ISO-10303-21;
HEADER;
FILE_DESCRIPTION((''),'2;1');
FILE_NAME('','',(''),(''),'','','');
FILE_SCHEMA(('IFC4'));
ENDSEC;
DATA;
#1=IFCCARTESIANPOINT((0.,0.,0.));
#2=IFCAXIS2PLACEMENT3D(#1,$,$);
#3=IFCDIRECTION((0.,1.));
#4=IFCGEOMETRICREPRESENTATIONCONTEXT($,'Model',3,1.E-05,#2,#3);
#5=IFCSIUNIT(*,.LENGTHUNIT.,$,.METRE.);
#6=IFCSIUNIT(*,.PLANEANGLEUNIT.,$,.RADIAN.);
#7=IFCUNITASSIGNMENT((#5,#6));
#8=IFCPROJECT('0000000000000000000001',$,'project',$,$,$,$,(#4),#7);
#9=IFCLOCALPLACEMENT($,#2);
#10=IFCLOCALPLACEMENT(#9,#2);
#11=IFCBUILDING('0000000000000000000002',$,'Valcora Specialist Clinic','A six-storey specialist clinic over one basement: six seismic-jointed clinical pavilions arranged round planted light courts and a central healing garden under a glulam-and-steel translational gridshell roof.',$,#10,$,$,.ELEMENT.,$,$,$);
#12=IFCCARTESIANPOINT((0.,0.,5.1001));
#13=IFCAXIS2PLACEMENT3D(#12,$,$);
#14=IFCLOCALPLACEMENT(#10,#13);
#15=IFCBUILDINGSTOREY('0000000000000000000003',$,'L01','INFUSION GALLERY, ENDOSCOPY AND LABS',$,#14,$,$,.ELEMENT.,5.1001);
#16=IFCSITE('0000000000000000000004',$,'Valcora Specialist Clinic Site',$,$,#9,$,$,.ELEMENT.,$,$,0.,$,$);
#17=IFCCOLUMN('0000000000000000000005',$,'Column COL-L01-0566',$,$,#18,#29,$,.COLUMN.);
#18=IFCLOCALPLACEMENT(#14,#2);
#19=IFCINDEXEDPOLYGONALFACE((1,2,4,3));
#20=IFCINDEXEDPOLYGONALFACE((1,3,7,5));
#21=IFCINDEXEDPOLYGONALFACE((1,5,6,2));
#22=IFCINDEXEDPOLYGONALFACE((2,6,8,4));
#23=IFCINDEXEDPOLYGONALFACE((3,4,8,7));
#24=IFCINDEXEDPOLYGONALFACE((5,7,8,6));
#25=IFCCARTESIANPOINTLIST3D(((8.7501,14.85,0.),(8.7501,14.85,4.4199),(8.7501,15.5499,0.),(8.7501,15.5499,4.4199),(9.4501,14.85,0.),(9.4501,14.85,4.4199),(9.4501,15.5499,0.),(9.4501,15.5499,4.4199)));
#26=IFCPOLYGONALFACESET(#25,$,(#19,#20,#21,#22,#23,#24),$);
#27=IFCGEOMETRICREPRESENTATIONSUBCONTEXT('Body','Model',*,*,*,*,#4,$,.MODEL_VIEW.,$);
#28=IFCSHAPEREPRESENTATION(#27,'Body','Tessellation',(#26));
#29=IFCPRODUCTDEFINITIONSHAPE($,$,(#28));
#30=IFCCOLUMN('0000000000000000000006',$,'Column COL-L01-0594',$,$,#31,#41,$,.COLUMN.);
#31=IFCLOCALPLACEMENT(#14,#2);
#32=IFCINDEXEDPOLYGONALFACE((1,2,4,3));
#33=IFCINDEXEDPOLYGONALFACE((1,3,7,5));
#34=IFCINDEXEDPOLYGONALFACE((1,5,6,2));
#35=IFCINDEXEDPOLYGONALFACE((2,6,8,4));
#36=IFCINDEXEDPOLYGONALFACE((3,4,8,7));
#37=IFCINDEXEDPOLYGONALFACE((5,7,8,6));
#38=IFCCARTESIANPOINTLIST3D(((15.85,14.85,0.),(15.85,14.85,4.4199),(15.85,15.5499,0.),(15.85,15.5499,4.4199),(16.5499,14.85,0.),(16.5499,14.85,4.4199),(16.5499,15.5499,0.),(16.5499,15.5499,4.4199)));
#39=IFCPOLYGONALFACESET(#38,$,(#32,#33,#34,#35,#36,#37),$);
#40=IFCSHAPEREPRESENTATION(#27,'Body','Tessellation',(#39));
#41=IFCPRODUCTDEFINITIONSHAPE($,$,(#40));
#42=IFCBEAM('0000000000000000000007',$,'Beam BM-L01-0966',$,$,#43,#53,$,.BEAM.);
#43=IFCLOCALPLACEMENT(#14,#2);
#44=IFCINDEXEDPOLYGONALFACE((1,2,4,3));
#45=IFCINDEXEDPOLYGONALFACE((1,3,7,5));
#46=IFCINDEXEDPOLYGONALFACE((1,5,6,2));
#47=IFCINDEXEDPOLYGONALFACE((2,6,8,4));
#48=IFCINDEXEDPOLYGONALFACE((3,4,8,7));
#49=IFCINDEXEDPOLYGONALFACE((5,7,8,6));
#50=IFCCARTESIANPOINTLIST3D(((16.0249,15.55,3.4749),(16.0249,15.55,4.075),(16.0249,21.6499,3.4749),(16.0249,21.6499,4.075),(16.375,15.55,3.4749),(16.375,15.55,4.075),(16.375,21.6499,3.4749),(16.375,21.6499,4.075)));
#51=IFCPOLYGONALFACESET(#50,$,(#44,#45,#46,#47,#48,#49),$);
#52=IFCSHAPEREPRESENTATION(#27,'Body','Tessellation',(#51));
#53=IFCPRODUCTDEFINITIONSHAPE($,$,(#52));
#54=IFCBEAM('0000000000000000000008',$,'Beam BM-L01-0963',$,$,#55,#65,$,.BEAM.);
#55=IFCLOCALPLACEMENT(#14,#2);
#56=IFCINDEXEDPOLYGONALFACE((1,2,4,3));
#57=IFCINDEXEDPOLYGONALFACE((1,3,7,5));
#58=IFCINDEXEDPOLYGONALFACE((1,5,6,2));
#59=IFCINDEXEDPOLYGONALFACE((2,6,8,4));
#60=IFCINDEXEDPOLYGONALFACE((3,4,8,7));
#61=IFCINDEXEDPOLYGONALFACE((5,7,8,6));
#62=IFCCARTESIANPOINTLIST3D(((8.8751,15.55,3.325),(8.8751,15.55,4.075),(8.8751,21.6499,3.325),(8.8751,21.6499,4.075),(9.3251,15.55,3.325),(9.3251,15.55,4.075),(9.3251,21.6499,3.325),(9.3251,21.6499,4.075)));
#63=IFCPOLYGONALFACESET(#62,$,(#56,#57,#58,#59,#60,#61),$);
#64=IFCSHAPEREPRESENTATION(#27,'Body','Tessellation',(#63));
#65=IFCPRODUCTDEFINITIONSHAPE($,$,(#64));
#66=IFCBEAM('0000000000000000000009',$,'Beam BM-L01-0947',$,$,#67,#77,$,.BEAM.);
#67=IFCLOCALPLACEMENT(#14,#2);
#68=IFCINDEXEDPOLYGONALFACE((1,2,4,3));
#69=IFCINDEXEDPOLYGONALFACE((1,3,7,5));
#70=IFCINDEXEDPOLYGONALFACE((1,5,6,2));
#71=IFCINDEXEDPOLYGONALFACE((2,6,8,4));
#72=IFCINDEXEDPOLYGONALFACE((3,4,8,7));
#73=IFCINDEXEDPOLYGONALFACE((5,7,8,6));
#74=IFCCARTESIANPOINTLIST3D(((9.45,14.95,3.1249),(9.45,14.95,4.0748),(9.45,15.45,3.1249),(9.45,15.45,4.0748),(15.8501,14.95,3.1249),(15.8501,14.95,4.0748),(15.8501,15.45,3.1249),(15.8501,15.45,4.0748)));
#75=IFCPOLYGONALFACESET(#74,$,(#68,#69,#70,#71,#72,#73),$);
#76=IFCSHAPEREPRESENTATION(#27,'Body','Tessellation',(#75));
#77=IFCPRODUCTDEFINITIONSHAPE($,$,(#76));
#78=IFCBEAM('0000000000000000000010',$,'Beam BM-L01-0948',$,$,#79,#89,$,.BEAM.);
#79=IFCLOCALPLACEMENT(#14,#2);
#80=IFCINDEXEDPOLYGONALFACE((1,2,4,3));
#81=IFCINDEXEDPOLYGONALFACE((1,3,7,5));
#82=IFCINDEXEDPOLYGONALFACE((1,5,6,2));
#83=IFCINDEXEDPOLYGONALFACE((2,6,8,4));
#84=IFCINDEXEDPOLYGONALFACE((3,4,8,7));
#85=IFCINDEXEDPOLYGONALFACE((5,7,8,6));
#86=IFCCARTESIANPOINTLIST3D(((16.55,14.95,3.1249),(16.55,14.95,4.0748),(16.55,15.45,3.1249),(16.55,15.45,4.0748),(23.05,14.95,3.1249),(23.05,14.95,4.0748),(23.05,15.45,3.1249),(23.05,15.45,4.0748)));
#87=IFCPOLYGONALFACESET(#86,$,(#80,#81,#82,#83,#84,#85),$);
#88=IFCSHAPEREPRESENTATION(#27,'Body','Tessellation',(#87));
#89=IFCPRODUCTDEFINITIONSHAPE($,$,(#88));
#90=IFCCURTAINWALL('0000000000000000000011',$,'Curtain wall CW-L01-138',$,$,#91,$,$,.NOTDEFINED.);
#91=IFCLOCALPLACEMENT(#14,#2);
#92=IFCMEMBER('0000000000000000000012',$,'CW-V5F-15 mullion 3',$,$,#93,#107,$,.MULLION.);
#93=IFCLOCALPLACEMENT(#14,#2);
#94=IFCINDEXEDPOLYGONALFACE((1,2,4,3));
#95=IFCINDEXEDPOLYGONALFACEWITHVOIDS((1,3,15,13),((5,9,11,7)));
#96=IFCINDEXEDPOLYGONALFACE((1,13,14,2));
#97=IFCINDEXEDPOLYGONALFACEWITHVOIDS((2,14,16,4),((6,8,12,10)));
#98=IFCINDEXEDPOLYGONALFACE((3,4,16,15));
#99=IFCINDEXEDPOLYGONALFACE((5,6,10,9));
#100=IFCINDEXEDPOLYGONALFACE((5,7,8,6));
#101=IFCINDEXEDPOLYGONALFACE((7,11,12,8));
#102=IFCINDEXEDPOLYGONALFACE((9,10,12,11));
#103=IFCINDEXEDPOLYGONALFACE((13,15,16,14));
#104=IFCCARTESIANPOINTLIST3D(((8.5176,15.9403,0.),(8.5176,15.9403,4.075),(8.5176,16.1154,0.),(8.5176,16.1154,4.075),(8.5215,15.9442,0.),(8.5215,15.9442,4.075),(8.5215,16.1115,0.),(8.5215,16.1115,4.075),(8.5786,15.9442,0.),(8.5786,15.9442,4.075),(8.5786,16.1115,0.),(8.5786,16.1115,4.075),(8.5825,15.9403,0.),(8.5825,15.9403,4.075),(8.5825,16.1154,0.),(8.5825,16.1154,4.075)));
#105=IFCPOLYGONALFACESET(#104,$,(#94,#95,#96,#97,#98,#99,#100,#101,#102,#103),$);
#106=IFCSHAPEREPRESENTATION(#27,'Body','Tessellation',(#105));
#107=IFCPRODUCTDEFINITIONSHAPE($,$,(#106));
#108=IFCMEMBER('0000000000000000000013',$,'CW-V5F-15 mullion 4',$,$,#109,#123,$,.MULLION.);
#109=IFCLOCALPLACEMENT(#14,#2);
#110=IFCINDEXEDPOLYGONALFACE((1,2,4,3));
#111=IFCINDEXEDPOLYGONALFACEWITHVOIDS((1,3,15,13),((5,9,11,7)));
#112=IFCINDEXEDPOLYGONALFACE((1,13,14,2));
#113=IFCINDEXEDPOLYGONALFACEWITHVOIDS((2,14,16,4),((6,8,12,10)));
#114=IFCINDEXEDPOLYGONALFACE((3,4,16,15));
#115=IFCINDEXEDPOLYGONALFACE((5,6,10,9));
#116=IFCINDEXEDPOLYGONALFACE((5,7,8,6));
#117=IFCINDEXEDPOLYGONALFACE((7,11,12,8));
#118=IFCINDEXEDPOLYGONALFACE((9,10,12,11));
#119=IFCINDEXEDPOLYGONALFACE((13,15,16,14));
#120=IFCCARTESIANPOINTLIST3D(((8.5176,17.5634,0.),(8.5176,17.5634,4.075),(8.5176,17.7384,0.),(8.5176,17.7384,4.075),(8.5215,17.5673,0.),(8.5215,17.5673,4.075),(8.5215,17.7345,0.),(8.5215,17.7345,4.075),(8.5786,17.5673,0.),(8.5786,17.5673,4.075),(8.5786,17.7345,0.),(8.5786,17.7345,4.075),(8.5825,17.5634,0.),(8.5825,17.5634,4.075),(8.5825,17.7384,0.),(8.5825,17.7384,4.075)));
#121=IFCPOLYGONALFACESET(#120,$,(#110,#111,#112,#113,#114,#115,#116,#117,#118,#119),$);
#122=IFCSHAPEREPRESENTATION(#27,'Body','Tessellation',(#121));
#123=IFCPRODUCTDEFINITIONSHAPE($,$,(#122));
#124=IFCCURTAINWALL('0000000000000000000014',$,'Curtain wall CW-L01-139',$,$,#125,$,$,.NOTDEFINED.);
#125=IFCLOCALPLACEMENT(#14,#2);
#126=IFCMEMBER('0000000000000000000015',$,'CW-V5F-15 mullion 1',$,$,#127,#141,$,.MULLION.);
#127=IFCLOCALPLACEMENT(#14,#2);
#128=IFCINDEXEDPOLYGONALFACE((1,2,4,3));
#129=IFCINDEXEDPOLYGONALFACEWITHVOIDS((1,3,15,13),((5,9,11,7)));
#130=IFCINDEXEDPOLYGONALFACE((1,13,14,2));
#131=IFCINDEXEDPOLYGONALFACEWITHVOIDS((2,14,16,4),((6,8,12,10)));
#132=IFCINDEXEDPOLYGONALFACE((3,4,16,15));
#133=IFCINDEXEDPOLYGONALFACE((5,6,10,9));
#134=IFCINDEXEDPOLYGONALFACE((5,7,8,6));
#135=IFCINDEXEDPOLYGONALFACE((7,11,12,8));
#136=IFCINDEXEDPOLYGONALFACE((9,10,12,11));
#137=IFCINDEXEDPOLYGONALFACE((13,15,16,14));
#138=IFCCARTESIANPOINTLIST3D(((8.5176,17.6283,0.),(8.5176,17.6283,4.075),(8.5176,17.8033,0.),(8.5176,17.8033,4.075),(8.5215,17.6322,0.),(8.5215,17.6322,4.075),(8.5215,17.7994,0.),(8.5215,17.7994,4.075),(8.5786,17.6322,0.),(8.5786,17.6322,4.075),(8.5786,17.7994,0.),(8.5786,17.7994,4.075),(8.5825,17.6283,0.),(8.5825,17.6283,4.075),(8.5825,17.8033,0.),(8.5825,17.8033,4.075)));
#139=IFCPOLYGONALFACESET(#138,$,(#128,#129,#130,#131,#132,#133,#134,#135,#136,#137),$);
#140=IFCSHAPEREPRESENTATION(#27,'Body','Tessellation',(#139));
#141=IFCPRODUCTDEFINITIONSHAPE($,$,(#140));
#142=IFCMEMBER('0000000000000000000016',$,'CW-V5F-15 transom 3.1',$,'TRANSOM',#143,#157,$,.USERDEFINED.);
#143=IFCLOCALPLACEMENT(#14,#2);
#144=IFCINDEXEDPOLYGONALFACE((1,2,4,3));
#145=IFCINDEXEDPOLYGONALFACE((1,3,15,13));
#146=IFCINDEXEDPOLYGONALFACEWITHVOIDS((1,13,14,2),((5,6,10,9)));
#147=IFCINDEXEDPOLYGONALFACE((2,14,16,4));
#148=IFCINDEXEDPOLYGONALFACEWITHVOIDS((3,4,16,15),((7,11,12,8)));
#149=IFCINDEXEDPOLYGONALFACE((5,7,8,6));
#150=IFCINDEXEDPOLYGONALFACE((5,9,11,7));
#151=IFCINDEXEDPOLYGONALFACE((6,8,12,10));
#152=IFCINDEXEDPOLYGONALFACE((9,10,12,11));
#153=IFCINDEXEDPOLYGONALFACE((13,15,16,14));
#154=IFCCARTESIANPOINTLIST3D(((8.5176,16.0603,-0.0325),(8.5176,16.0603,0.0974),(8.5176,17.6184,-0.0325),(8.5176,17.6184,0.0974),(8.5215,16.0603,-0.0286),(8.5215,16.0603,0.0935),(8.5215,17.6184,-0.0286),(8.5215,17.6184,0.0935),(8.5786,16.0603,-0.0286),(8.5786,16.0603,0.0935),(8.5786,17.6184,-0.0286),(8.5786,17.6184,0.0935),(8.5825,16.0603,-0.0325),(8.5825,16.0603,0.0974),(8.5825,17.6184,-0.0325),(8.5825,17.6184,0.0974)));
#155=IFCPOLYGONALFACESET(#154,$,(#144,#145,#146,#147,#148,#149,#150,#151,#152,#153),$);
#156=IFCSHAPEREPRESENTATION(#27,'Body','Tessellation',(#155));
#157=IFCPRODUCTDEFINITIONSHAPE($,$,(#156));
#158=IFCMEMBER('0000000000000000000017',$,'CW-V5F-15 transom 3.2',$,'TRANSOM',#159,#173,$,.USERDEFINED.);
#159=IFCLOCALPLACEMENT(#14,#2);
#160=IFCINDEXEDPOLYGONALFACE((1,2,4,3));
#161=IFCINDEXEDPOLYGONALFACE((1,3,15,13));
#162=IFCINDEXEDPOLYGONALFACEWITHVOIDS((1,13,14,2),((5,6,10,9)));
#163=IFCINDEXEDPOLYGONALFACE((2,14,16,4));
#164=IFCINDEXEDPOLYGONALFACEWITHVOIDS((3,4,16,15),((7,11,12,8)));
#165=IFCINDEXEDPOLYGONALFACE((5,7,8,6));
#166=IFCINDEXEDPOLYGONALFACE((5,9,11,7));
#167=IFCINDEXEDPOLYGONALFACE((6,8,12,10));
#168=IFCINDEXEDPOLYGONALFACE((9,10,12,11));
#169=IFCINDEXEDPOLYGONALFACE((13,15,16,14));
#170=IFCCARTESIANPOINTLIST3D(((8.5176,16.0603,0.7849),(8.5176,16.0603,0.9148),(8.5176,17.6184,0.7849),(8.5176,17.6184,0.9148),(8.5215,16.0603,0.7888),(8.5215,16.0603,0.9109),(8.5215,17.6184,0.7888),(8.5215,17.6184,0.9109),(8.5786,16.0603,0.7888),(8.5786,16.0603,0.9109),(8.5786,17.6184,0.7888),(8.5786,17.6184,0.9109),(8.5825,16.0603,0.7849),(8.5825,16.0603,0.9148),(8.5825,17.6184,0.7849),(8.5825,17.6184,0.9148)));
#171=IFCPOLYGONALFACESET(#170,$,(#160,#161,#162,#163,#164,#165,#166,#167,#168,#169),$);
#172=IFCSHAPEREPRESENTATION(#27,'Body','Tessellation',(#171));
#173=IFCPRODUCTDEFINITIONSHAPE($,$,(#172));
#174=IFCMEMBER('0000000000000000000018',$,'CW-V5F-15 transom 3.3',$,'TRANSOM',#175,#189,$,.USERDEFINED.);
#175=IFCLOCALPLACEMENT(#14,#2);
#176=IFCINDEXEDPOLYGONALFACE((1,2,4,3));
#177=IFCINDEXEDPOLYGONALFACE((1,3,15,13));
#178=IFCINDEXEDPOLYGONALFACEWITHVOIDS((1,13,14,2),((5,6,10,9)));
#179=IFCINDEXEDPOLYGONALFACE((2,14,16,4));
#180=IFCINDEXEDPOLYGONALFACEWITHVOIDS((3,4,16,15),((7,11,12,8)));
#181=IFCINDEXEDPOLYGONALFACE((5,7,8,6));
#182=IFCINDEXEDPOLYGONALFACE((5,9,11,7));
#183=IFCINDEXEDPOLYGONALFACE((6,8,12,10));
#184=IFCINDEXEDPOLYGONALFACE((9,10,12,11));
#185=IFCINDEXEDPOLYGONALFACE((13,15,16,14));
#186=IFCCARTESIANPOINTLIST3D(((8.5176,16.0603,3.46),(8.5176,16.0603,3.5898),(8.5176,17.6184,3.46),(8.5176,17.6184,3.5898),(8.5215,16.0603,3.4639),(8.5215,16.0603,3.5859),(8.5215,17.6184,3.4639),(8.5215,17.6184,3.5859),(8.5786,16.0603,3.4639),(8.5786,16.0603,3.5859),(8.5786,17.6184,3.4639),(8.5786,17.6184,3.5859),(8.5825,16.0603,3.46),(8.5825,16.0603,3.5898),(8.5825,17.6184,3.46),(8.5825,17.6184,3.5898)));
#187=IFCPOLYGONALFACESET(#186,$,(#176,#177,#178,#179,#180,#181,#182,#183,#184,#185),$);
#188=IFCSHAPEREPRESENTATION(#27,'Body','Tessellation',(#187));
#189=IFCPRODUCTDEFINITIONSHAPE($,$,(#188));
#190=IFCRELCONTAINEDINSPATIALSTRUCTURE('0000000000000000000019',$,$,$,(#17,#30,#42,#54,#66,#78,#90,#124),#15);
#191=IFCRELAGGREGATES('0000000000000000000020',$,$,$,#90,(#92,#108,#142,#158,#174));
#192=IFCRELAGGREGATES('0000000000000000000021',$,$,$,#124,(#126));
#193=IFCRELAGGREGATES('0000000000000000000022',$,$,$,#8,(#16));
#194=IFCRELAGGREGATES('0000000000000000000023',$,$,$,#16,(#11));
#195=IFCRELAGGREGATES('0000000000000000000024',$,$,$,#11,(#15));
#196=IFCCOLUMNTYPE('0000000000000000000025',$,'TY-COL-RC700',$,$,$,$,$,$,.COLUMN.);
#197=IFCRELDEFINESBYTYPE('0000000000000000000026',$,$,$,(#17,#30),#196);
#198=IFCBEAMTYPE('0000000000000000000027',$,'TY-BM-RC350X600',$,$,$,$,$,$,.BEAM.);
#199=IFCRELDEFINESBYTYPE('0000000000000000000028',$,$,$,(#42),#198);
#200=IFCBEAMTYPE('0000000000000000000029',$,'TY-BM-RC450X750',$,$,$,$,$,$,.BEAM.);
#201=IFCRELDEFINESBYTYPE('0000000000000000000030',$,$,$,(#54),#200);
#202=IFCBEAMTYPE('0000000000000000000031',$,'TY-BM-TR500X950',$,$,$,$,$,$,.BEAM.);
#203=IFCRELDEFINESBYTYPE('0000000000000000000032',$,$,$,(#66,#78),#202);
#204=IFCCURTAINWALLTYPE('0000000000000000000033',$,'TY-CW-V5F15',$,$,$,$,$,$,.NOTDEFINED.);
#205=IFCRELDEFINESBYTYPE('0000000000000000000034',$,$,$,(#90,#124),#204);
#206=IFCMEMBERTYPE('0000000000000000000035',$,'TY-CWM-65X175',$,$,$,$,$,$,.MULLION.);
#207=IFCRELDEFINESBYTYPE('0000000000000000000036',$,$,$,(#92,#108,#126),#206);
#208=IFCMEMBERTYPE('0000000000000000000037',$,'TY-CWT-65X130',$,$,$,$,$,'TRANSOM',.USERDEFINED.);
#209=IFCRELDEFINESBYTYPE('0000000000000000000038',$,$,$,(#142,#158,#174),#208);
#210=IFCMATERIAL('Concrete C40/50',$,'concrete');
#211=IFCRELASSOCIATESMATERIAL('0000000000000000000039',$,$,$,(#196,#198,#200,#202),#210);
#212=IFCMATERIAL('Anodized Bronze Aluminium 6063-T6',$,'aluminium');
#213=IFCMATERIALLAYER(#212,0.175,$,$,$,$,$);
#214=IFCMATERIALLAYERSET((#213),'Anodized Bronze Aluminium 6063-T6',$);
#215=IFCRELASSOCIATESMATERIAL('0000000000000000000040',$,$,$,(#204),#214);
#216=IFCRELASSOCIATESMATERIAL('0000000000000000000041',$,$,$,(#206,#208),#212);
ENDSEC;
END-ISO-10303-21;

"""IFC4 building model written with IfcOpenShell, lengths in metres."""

from ifc_helpers import new_model, si_unit, direction, frame, origin, origin_2d, place, context, subcontext, project, spatial, rectangle, hollow_rectangle, extrude, material, layer, layer_set, material_profile, profile_set, type_object, element, aggregate, save


model = new_model("IFC4")

# Units and contexts
model_context = context("Model", 3, precision=1e-05, world=origin(), true_north=direction((0.0, 1.0)))
body_context = subcontext(model_context, "Body", "Model", "MODEL_VIEW")
ifc_project = project(units=[si_unit("LENGTHUNIT", "METRE"), si_unit("PLANEANGLEUNIT", "RADIAN")], contexts=[model_context])

# Site, building, storey
site_placement = place(None, origin())
site = spatial("IfcSite", under=ifc_project, at=site_placement, Name="Valcora Specialist Clinic Site", CompositionType="ELEMENT", RefElevation=0.0)
building_placement = place(site_placement, origin())
building = spatial("IfcBuilding", under=site, at=building_placement, Name="Valcora Specialist Clinic", Description="A six-storey specialist clinic over one basement: six seismic-jointed clinical pavilions arranged round planted light courts and a central healing garden under a glulam-and-steel translational gridshell roof.", CompositionType="ELEMENT")
storey_placement = place(building_placement, frame((0.0, 0.0, 5.1001)))
storey = spatial("IfcBuildingStorey", under=building, at=storey_placement, Name="L01", Description="INFUSION GALLERY, ENDOSCOPY AND LABS", CompositionType="ELEMENT", Elevation=5.1001)

# Columns
ifc_material_1 = material(Name="Concrete C40/50", Category="concrete")
ifc_material_profile_1 = material_profile(ifc_material_1, rectangle(XDim=0.7, YDim=0.7, at=origin_2d()), Name="RC-COL-700X700")
ifc_profile_set_1 = profile_set([ifc_material_profile_1], Name="Concrete C40/50")
column_type = type_object("IfcColumnType", Name="TY-COL-RC700", PredefinedType="COLUMN", material=ifc_profile_set_1)
for number, where, z_axis, x_axis, name in (
    (1, (9.1001, 15.2, 0.0), (0.0, 0.0, 1.0), (1.0, 0.0, 0.0), "Column COL-L01-0566"),
    (2, (16.2, 15.2, 0.0), (0.0, 0.0, 1.0), (1.0, 0.0, 0.0), "Column COL-L01-0594"),
):
    element("IfcColumn", number, at=place(storey_placement, frame(where, z_axis=z_axis, x_axis=x_axis)), inside=storey, type_object=column_type, Name=name, PredefinedType="COLUMN", context=body_context, shape_type="SweptSolid", body=[
        extrude(rectangle(XDim=0.7, YDim=0.7, at=origin_2d()), origin(), (0.0, 0.0, 1.0), 4.4199),
    ])

# Beams
ifc_material_profile_2 = material_profile(ifc_material_1, rectangle(XDim=0.3501, YDim=0.6001, at=origin_2d()), Name="RC-BM-350X600")
ifc_profile_set_2 = profile_set([ifc_material_profile_2], Name="Concrete C40/50")
beam_type_1 = type_object("IfcBeamType", Name="TY-BM-RC350X600", PredefinedType="BEAM", material=ifc_profile_set_2)
beam_1_placement = place(storey_placement, frame((16.2, 15.55, 3.7749), z_axis=(0.0, 1.0, 0.0), x_axis=(-1.0, 0.0, 0.0)))
element("IfcBeam", 3, at=beam_1_placement, inside=storey, type_object=beam_type_1, Name="Beam BM-L01-0966", PredefinedType="BEAM", context=body_context, shape_type="SweptSolid", body=[
    extrude(rectangle(XDim=0.3501, YDim=0.6001, at=origin_2d()), origin(), (0.0, 0.0, 1.0), 6.0999),
])
ifc_material_profile_3 = material_profile(ifc_material_1, rectangle(XDim=0.45, YDim=0.75, at=origin_2d()), Name="RC-BM-450X750")
ifc_profile_set_3 = profile_set([ifc_material_profile_3], Name="Concrete C40/50")
beam_type_2 = type_object("IfcBeamType", Name="TY-BM-RC450X750", PredefinedType="BEAM", material=ifc_profile_set_3)
beam_2_placement = place(storey_placement, frame((9.1001, 15.55, 3.7), z_axis=(0.0, 1.0, 0.0), x_axis=(-1.0, 0.0, 0.0)))
element("IfcBeam", 4, at=beam_2_placement, inside=storey, type_object=beam_type_2, Name="Beam BM-L01-0963", PredefinedType="BEAM", context=body_context, shape_type="SweptSolid", body=[
    extrude(rectangle(XDim=0.45, YDim=0.75, at=origin_2d()), origin(), (0.0, 0.0, 1.0), 6.0999),
])
ifc_material_profile_4 = material_profile(ifc_material_1, rectangle(XDim=0.5, YDim=0.95, at=origin_2d()), Name="RC-BM-500X950")
ifc_profile_set_4 = profile_set([ifc_material_profile_4], Name="Concrete C40/50")
beam_type_3 = type_object("IfcBeamType", Name="TY-BM-TR500X950", PredefinedType="BEAM", material=ifc_profile_set_4)
beam_3_placement = place(storey_placement, frame((9.45, 15.2, 3.5999), z_axis=(1.0, 0.0, 0.0), x_axis=(0.0, 1.0, 0.0)))
element("IfcBeam", 5, at=beam_3_placement, inside=storey, type_object=beam_type_3, Name="Beam BM-L01-0947", PredefinedType="BEAM", context=body_context, shape_type="SweptSolid", body=[
    extrude(rectangle(XDim=0.5, YDim=0.95, at=origin_2d()), origin(), (0.0, 0.0, 1.0), 6.4001),
])
beam_4_placement = place(storey_placement, frame((16.55, 15.2, 3.5999), z_axis=(1.0, 0.0, 0.0), x_axis=(0.0, 1.0, 0.0)))
element("IfcBeam", 6, at=beam_4_placement, inside=storey, type_object=beam_type_3, Name="Beam BM-L01-0948", PredefinedType="BEAM", context=body_context, shape_type="SweptSolid", body=[
    extrude(rectangle(XDim=0.5, YDim=0.95, at=origin_2d()), origin(), (0.0, 0.0, 1.0), 6.5),
])

# Curtain wall, members
ifc_material_2 = material(Name="Anodized Bronze Aluminium 6063-T6", Category="aluminium")
ifc_layer_1 = layer(ifc_material_2, 0.175)
ifc_layer_set_1 = layer_set([ifc_layer_1], Name="Anodized Bronze Aluminium 6063-T6")
curtain_wall_type = type_object("IfcCurtainWallType", Name="TY-CW-V5F15", PredefinedType="NOTDEFINED", material=ifc_layer_set_1)
curtain_wall_1_placement = place(storey_placement, origin())
curtain_wall_1 = element("IfcCurtainWall", 7, at=curtain_wall_1_placement, inside=storey, type_object=curtain_wall_type, Name="Curtain wall CW-L01-138", PredefinedType="NOTDEFINED")
ifc_material_profile_5 = material_profile(ifc_material_2, hollow_rectangle(XDim=0.0649, YDim=0.175, WallThickness=0.0039, at=origin_2d()), Name="AL-MUL-65X175")
ifc_profile_set_5 = profile_set([ifc_material_profile_5], Name="Anodized Bronze Aluminium 6063-T6")
member_type_1 = type_object("IfcMemberType", Name="TY-CWM-65X175", PredefinedType="MULLION", material=ifc_profile_set_5)
member_1_placement = place(storey_placement, frame((8.55, 16.0278, 0.0), z_axis=(0.0, 0.0, 1.0), x_axis=(-1.0, 0.0, 0.0)))
member_1 = element("IfcMember", 8, at=member_1_placement, type_object=member_type_1, Name="CW-V5F-15 mullion 3", PredefinedType="MULLION", context=body_context, shape_type="SweptSolid", body=[
    extrude(hollow_rectangle(XDim=0.0649, YDim=0.175, WallThickness=0.0039, at=origin_2d()), origin(), (0.0, 0.0, 1.0), 4.075),
])
member_2_placement = place(storey_placement, frame((8.55, 17.6509, 0.0), z_axis=(0.0, 0.0, 1.0), x_axis=(-1.0, 0.0, 0.0)))
member_2 = element("IfcMember", 9, at=member_2_placement, type_object=member_type_1, Name="CW-V5F-15 mullion 4", PredefinedType="MULLION", context=body_context, shape_type="SweptSolid", body=[
    extrude(hollow_rectangle(XDim=0.0649, YDim=0.175, WallThickness=0.0039, at=origin_2d()), origin(), (0.0, 0.0, 1.0), 4.075),
])

# Curtain wall, member
curtain_wall_2_placement = place(storey_placement, origin())
curtain_wall_2 = element("IfcCurtainWall", 10, at=curtain_wall_2_placement, inside=storey, type_object=curtain_wall_type, Name="Curtain wall CW-L01-139", PredefinedType="NOTDEFINED")
member_3_placement = place(storey_placement, frame((8.55, 17.7158, 0.0), z_axis=(0.0, 0.0, 1.0), x_axis=(-1.0, 0.0, 0.0)))
member_3 = element("IfcMember", 11, at=member_3_placement, type_object=member_type_1, Name="CW-V5F-15 mullion 1", PredefinedType="MULLION", context=body_context, shape_type="SweptSolid", body=[
    extrude(hollow_rectangle(XDim=0.0649, YDim=0.175, WallThickness=0.0039, at=origin_2d()), origin(), (0.0, 0.0, 1.0), 4.075),
])

# Members
ifc_material_profile_6 = material_profile(ifc_material_2, hollow_rectangle(XDim=0.0649, YDim=0.1299, WallThickness=0.0039, at=origin_2d()), Name="AL-TRN-65X130")
ifc_profile_set_6 = profile_set([ifc_material_profile_6], Name="Anodized Bronze Aluminium 6063-T6")
member_type_2 = type_object("IfcMemberType", Name="TY-CWT-65X130", ElementType="TRANSOM", PredefinedType="USERDEFINED", material=ifc_profile_set_6)
member_4_placement = place(storey_placement, frame((8.55, 16.0603, 0.0325), z_axis=(0.0, 1.0, 0.0), x_axis=(-1.0, 0.0, 0.0)))
member_4 = element("IfcMember", 12, at=member_4_placement, type_object=member_type_2, Name="CW-V5F-15 transom 3.1", ObjectType="TRANSOM", PredefinedType="USERDEFINED", context=body_context, shape_type="SweptSolid", body=[
    extrude(hollow_rectangle(XDim=0.0649, YDim=0.1299, WallThickness=0.0039, at=origin_2d()), origin(), (0.0, 0.0, 1.0), 1.5581),
])
member_5_placement = place(storey_placement, frame((8.55, 16.0603, 0.8499), z_axis=(0.0, 1.0, 0.0), x_axis=(-1.0, 0.0, 0.0)))
member_5 = element("IfcMember", 13, at=member_5_placement, type_object=member_type_2, Name="CW-V5F-15 transom 3.2", ObjectType="TRANSOM", PredefinedType="USERDEFINED", context=body_context, shape_type="SweptSolid", body=[
    extrude(hollow_rectangle(XDim=0.0649, YDim=0.1299, WallThickness=0.0039, at=origin_2d()), origin(), (0.0, 0.0, 1.0), 1.5581),
])
member_6_placement = place(storey_placement, frame((8.55, 16.0603, 3.5249), z_axis=(0.0, 1.0, 0.0), x_axis=(-1.0, 0.0, 0.0)))
member_6 = element("IfcMember", 14, at=member_6_placement, type_object=member_type_2, Name="CW-V5F-15 transom 3.3", ObjectType="TRANSOM", PredefinedType="USERDEFINED", context=body_context, shape_type="SweptSolid", body=[
    extrude(hollow_rectangle(XDim=0.0649, YDim=0.1299, WallThickness=0.0039, at=origin_2d()), origin(), (0.0, 0.0, 1.0), 1.5581),
])

aggregate(curtain_wall_1, [member_1, member_2, member_4, member_5, member_6])
aggregate(curtain_wall_2, [member_3])

save(model, "model.ifc")
